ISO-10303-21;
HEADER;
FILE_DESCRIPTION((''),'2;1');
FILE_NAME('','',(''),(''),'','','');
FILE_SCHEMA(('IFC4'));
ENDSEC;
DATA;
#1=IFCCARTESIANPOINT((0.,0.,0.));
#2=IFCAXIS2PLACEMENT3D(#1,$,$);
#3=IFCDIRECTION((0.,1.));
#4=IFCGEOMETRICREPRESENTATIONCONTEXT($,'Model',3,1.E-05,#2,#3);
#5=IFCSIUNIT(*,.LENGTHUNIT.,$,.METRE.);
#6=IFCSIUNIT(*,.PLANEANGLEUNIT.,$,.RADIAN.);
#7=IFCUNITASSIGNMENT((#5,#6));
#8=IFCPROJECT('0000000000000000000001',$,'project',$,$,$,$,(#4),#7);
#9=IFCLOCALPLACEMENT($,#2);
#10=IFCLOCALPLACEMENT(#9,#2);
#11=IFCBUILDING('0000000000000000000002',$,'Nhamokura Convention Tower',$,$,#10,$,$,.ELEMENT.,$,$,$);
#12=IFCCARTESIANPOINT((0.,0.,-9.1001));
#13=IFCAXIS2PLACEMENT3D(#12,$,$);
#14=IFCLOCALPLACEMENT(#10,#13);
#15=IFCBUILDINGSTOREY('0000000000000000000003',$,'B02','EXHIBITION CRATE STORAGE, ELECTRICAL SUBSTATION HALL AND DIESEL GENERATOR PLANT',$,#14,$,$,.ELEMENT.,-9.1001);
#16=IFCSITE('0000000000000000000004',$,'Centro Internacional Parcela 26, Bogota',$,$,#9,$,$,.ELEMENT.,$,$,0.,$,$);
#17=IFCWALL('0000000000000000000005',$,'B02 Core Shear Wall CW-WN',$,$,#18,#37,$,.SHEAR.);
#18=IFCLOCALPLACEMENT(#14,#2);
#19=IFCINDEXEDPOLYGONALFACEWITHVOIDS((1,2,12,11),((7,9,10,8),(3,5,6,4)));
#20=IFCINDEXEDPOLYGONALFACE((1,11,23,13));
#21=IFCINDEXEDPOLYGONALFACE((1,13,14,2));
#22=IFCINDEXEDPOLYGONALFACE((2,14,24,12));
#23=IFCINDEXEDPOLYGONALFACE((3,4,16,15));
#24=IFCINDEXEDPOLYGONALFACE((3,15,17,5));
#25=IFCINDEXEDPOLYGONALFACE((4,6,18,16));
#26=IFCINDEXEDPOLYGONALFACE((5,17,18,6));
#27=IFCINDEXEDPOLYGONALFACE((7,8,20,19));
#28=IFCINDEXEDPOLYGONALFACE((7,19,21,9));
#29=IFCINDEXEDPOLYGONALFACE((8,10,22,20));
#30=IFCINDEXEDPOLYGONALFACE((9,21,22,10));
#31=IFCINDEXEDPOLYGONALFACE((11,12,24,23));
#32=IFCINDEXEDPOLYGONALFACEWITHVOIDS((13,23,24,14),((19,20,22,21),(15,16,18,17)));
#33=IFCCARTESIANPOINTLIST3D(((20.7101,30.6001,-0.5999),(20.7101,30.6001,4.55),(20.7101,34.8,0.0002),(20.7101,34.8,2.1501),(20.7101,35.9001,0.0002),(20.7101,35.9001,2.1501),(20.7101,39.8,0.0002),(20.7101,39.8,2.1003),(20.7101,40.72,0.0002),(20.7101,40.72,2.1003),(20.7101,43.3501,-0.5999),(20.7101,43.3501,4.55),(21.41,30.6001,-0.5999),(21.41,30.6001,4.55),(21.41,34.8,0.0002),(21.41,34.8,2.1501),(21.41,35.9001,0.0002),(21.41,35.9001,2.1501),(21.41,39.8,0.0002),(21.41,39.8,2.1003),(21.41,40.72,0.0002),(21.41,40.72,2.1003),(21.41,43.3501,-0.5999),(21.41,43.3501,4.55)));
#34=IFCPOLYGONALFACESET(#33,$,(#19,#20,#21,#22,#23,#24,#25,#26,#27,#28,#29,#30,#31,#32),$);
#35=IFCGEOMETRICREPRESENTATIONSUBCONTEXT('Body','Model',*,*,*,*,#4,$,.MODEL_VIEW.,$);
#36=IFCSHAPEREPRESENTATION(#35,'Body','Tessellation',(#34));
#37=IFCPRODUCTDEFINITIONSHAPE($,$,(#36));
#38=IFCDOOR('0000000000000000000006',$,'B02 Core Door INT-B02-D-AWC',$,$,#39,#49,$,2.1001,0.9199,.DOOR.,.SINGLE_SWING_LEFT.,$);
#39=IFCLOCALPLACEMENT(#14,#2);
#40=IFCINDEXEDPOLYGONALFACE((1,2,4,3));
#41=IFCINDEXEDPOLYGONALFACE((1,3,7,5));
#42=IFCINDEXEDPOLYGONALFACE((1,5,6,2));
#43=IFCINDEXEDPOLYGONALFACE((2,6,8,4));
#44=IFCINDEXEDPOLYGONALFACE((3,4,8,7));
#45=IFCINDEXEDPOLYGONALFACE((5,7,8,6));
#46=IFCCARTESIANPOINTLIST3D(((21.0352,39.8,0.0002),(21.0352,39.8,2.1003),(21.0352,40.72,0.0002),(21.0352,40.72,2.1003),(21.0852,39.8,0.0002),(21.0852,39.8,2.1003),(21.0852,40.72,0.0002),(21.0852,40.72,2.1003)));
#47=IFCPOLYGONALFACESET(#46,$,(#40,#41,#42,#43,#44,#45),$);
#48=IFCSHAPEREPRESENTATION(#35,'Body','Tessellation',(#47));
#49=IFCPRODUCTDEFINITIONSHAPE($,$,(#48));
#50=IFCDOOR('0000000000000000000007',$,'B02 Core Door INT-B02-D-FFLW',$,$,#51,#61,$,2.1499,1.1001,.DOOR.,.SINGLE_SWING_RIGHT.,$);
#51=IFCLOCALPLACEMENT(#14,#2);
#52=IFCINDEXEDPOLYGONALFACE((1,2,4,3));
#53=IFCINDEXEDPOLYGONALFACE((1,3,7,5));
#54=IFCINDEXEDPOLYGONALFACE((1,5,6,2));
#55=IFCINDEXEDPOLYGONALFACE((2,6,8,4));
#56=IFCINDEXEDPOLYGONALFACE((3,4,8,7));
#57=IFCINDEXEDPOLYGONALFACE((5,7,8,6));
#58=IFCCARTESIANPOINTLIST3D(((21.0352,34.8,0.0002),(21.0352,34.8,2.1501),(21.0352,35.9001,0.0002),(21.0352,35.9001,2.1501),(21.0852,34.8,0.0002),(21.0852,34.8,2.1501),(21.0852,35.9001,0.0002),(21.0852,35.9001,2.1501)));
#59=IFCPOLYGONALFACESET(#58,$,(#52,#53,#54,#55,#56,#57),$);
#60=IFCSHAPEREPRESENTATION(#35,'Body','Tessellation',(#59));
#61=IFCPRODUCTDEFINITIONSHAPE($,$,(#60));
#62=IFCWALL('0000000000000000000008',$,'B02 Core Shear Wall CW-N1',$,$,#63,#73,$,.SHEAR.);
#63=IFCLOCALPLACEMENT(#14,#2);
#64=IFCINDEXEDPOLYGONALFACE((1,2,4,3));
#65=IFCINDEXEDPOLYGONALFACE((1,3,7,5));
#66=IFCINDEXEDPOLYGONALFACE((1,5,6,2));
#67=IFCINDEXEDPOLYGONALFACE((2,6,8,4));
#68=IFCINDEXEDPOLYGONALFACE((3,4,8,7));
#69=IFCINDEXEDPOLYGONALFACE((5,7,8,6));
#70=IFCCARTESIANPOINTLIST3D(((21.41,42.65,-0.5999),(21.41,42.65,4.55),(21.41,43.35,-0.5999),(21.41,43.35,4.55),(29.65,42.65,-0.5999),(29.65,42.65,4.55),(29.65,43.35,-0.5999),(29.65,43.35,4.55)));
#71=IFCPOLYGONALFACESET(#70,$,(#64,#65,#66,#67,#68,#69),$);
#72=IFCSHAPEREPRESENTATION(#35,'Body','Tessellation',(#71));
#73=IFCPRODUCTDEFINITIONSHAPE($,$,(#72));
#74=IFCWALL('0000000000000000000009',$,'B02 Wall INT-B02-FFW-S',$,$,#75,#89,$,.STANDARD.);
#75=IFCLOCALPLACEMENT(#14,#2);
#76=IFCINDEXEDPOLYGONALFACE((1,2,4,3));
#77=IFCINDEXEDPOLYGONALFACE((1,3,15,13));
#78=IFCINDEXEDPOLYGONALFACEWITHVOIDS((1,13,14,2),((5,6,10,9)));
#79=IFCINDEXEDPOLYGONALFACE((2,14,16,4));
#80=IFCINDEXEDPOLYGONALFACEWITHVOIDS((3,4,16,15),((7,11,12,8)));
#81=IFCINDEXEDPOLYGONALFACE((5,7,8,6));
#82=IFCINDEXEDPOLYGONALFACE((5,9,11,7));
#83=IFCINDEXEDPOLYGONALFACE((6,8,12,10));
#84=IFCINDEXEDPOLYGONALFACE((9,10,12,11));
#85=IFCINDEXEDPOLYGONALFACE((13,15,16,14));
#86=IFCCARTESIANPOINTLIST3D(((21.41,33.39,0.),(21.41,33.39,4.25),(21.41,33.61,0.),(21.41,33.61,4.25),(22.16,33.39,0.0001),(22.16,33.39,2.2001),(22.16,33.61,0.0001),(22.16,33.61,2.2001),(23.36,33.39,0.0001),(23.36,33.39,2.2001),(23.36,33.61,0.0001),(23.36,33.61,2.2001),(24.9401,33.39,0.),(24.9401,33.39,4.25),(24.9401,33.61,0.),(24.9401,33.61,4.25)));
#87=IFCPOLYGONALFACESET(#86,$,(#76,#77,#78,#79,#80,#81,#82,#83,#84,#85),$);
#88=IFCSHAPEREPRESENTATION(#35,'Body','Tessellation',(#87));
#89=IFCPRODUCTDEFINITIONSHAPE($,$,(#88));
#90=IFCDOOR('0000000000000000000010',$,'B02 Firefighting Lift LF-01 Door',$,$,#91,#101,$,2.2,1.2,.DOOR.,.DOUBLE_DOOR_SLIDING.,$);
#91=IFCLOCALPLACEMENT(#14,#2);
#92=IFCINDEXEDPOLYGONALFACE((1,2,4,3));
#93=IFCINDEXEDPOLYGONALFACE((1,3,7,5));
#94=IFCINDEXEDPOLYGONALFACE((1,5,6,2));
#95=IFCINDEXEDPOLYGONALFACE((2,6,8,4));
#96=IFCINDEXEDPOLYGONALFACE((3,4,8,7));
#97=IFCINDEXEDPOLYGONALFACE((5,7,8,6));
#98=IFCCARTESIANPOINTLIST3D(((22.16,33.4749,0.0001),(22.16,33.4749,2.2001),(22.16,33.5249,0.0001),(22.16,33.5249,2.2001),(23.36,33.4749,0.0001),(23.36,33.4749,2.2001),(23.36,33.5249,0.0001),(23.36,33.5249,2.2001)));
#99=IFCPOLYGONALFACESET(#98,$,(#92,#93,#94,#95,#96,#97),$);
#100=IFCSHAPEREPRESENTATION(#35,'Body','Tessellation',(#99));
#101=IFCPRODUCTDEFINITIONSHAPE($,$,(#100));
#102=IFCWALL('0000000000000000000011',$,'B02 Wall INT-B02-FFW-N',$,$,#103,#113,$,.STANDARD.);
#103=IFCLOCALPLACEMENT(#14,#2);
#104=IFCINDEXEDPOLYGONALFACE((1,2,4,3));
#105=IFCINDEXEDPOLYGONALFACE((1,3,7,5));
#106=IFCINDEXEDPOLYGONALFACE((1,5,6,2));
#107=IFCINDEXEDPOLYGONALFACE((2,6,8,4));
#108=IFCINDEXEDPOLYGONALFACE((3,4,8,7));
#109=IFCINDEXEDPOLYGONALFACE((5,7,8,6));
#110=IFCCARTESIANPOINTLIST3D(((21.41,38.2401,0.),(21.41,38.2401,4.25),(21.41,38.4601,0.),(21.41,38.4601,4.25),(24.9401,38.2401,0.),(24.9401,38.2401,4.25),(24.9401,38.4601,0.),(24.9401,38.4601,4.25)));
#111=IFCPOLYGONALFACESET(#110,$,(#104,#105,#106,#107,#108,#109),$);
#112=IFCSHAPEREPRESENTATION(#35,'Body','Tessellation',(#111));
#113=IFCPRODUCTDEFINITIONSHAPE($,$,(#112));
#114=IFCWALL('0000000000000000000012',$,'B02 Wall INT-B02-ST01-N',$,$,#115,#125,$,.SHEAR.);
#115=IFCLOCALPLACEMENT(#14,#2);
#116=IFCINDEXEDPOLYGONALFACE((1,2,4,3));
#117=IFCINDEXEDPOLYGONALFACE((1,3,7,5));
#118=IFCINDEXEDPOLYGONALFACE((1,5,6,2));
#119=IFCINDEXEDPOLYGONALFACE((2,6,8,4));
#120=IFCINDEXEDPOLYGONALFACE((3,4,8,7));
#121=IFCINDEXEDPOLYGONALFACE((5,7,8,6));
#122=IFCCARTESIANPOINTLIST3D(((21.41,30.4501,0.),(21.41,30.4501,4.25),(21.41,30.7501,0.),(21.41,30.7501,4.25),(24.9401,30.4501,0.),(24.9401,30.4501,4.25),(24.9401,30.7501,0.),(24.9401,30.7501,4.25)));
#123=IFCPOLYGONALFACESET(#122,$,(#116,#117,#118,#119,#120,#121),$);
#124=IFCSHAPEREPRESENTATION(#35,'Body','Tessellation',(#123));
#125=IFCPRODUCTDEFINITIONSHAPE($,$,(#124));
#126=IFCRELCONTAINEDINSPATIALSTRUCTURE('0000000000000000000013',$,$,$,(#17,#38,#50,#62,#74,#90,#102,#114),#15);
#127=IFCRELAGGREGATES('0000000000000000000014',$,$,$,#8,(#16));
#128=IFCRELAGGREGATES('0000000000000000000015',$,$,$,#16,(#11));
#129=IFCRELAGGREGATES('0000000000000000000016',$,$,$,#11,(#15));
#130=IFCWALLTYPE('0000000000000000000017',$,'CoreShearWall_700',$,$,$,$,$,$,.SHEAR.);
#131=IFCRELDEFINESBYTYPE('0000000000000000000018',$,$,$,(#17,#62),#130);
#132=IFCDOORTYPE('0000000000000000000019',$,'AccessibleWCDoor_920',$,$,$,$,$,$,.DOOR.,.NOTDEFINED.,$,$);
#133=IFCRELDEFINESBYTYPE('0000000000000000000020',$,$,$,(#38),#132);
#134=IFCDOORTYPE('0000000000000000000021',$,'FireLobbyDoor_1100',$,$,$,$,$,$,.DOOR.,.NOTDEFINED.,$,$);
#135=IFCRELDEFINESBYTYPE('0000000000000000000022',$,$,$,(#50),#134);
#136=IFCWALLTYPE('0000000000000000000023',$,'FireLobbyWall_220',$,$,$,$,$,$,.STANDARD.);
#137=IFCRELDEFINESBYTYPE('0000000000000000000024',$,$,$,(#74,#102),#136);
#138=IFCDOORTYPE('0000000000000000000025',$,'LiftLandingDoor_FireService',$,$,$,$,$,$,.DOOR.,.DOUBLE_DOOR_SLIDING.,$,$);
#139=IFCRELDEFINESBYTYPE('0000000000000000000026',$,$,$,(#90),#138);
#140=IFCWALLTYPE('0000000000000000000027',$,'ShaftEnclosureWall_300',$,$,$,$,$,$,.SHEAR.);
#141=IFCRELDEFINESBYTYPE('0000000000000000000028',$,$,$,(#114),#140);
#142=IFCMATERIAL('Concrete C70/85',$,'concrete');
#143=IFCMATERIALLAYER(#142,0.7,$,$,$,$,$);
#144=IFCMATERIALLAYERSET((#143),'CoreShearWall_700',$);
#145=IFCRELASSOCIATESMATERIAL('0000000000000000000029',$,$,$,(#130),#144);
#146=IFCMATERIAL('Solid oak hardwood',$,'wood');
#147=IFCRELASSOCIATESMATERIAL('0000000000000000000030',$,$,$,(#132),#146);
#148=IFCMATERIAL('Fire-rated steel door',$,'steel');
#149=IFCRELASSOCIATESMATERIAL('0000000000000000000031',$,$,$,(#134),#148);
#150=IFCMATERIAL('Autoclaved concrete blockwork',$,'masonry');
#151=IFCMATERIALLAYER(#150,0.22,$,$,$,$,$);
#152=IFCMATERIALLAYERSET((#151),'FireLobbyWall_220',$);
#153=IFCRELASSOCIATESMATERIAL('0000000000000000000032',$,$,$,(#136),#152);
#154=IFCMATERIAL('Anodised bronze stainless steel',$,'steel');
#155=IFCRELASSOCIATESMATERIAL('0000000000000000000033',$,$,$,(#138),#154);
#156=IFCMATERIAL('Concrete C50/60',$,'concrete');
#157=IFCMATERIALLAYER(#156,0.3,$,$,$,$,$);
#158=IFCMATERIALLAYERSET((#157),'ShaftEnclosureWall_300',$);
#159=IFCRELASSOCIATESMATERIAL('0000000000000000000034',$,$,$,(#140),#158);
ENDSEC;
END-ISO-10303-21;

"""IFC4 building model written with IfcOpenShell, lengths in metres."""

from ifc_helpers import new_model, si_unit, direction, frame, frame_2d, origin, place, context, subcontext, project, spatial, rectangle, extrude, material, layer, layer_set, type_object, element, fill, save


model = new_model("IFC4")

# Units and contexts
model_context = context("Model", 3, precision=1e-05, world=origin(), true_north=direction((0.0, 1.0)))
body_context = subcontext(model_context, "Body", "Model", "MODEL_VIEW")
ifc_project = project(units=[si_unit("LENGTHUNIT", "METRE"), si_unit("PLANEANGLEUNIT", "RADIAN")], contexts=[model_context])

# Site, building, storey
site_placement = place(None, origin())
site = spatial("IfcSite", under=ifc_project, at=site_placement, Name="Centro Internacional Parcela 26, Bogota", CompositionType="ELEMENT", RefElevation=0.0)
building_placement = place(site_placement, origin())
building = spatial("IfcBuilding", under=site, at=building_placement, Name="Nhamokura Convention Tower", CompositionType="ELEMENT")
storey_placement = place(building_placement, frame((0.0, 0.0, -9.1001)))
storey = spatial("IfcBuildingStorey", under=building, at=storey_placement, Name="B02", Description="EXHIBITION CRATE STORAGE, ELECTRICAL SUBSTATION HALL AND DIESEL GENERATOR PLANT", CompositionType="ELEMENT", Elevation=-9.1001)

# Wall, openings, doors
ifc_material_1 = material(Name="Concrete C70/85", Category="concrete")
ifc_layer_1 = layer(ifc_material_1, 0.7)
ifc_layer_set_1 = layer_set([ifc_layer_1], Name="CoreShearWall_700")
wall_type_1 = type_object("IfcWallType", Name="CoreShearWall_700", PredefinedType="SHEAR", material=ifc_layer_set_1)
wall_1_placement = place(storey_placement, frame((21.0601, 30.6001, -0.5999), z_axis=(0.0, 0.0, 1.0), x_axis=(0.0, 1.0, 0.0)))
wall_1 = element("IfcWall", 1, at=wall_1_placement, inside=storey, type_object=wall_type_1, Name="B02 Core Shear Wall CW-WN", PredefinedType="SHEAR", context=body_context, shape_type="SweptSolid", body=[
    extrude(rectangle(XDim=12.75, YDim=0.7, at=frame_2d((6.375, 0.0))), origin(), (0.0, 0.0, 1.0), 5.1499),
])
opening_1_placement = place(wall_1_placement, frame((4.2, 0.0, 0.6001)))
opening_1 = element("IfcOpeningElement", 2, at=opening_1_placement, cuts=wall_1, PredefinedType="OPENING", context=body_context, shape_type="SweptSolid", body=[
    extrude(rectangle(XDim=1.1001, YDim=2.1499, at=frame_2d((0.55, 1.075))), frame((0.0, 0.3599, 0.0), z_axis=(0.0, -1.0, 0.0), x_axis=(1.0, 0.0, 0.0)), (0.0, 0.0, 1.0), 0.72),
])
opening_2_placement = place(wall_1_placement, frame((9.2, 0.0, 0.6001)))
opening_2 = element("IfcOpeningElement", 3, at=opening_2_placement, cuts=wall_1, PredefinedType="OPENING", context=body_context, shape_type="SweptSolid", body=[
    extrude(rectangle(XDim=0.9199, YDim=2.1001, at=frame_2d((0.46, 1.05))), frame((0.0, 0.3599, 0.0), z_axis=(0.0, -1.0, 0.0), x_axis=(1.0, 0.0, 0.0)), (0.0, 0.0, 1.0), 0.72),
])
ifc_material_2 = material(Name="Solid oak hardwood", Category="wood")
door_type_1 = type_object("IfcDoorType", Name="AccessibleWCDoor_920", OperationType="NOTDEFINED", PredefinedType="DOOR", material=ifc_material_2)
door_1_placement = place(opening_2_placement, origin())
door_1 = element("IfcDoor", 4, at=door_1_placement, inside=storey, type_object=door_type_1, Name="B02 Core Door INT-B02-D-AWC", OperationType="SINGLE_SWING_LEFT", OverallHeight=2.1001, OverallWidth=0.9199, PredefinedType="DOOR", context=body_context, shape_type="SweptSolid", body=[
    extrude(rectangle(XDim=0.9199, YDim=2.1001, at=frame_2d((0.46, 1.05))), frame((0.0, 0.0249, 0.0), z_axis=(0.0, -1.0, 0.0), x_axis=(1.0, 0.0, 0.0)), (0.0, 0.0, 1.0), 0.05),
])
fill(opening_2, door_1)
ifc_material_3 = material(Name="Fire-rated steel door", Category="steel")
door_type_2 = type_object("IfcDoorType", Name="FireLobbyDoor_1100", OperationType="NOTDEFINED", PredefinedType="DOOR", material=ifc_material_3)
door_2_placement = place(opening_1_placement, origin())
door_2 = element("IfcDoor", 5, at=door_2_placement, inside=storey, type_object=door_type_2, Name="B02 Core Door INT-B02-D-FFLW", OperationType="SINGLE_SWING_RIGHT", OverallHeight=2.1499, OverallWidth=1.1001, PredefinedType="DOOR", context=body_context, shape_type="SweptSolid", body=[
    extrude(rectangle(XDim=1.1001, YDim=2.1499, at=frame_2d((0.55, 1.075))), frame((0.0, 0.0249, 0.0), z_axis=(0.0, -1.0, 0.0), x_axis=(1.0, 0.0, 0.0)), (0.0, 0.0, 1.0), 0.05),
])
fill(opening_1, door_2)

# Wall
wall_2_placement = place(storey_placement, frame((21.4099, 43.0, -0.5999), z_axis=(0.0, 0.0, 1.0), x_axis=(1.0, 0.0, 0.0)))
element("IfcWall", 6, at=wall_2_placement, inside=storey, type_object=wall_type_1, Name="B02 Core Shear Wall CW-N1", PredefinedType="SHEAR", context=body_context, shape_type="SweptSolid", body=[
    extrude(rectangle(XDim=8.24, YDim=0.7, at=frame_2d((4.1201, 0.0))), origin(), (0.0, 0.0, 1.0), 5.1499),
])

# Wall, opening, door
ifc_material_4 = material(Name="Autoclaved concrete blockwork", Category="masonry")
ifc_layer_2 = layer(ifc_material_4, 0.22)
ifc_layer_set_2 = layer_set([ifc_layer_2], Name="FireLobbyWall_220")
wall_type_2 = type_object("IfcWallType", Name="FireLobbyWall_220", PredefinedType="STANDARD", material=ifc_layer_set_2)
wall_3_placement = place(storey_placement, frame((21.4099, 33.5, 0.0), z_axis=(0.0, 0.0, 1.0), x_axis=(1.0, 0.0, 0.0)))
wall_3 = element("IfcWall", 7, at=wall_3_placement, inside=storey, type_object=wall_type_2, Name="B02 Wall INT-B02-FFW-S", PredefinedType="STANDARD", context=body_context, shape_type="SweptSolid", body=[
    extrude(rectangle(XDim=3.53, YDim=0.22, at=frame_2d((1.7651, 0.0))), origin(), (0.0, 0.0, 1.0), 4.25),
])
opening_3_placement = place(wall_3_placement, frame((0.75, 0.0, 0.0)))
opening_3 = element("IfcOpeningElement", 8, at=opening_3_placement, cuts=wall_3, PredefinedType="OPENING", context=body_context, shape_type="SweptSolid", body=[
    extrude(rectangle(XDim=1.2, YDim=2.2, at=frame_2d((0.6001, 1.1001))), frame((0.0, 0.1199, 0.0), z_axis=(0.0, -1.0, 0.0), x_axis=(1.0, 0.0, 0.0)), (0.0, 0.0, 1.0), 0.24),
])
ifc_material_5 = material(Name="Anodised bronze stainless steel", Category="steel")
door_type_3 = type_object("IfcDoorType", Name="LiftLandingDoor_FireService", OperationType="DOUBLE_DOOR_SLIDING", PredefinedType="DOOR", material=ifc_material_5)
door_3_placement = place(opening_3_placement, origin())
door_3 = element("IfcDoor", 9, at=door_3_placement, inside=storey, type_object=door_type_3, Name="B02 Firefighting Lift LF-01 Door", OperationType="DOUBLE_DOOR_SLIDING", OverallHeight=2.2, OverallWidth=1.2, PredefinedType="DOOR", context=body_context, shape_type="SweptSolid", body=[
    extrude(rectangle(XDim=1.2, YDim=2.2, at=frame_2d((0.6001, 1.1001))), frame((0.0, 0.0249, 0.0), z_axis=(0.0, -1.0, 0.0), x_axis=(1.0, 0.0, 0.0)), (0.0, 0.0, 1.0), 0.05),
])
fill(opening_3, door_3)

# Walls
wall_4_placement = place(storey_placement, frame((21.4099, 38.3501, 0.0), z_axis=(0.0, 0.0, 1.0), x_axis=(1.0, 0.0, 0.0)))
element("IfcWall", 10, at=wall_4_placement, inside=storey, type_object=wall_type_2, Name="B02 Wall INT-B02-FFW-N", PredefinedType="STANDARD", context=body_context, shape_type="SweptSolid", body=[
    extrude(rectangle(XDim=3.53, YDim=0.22, at=frame_2d((1.7651, 0.0))), origin(), (0.0, 0.0, 1.0), 4.25),
])
ifc_material_6 = material(Name="Concrete C50/60", Category="concrete")
ifc_layer_3 = layer(ifc_material_6, 0.3)
ifc_layer_set_3 = layer_set([ifc_layer_3], Name="ShaftEnclosureWall_300")
wall_type_3 = type_object("IfcWallType", Name="ShaftEnclosureWall_300", PredefinedType="SHEAR", material=ifc_layer_set_3)
wall_5_placement = place(storey_placement, frame((21.4099, 30.6001, 0.0), z_axis=(0.0, 0.0, 1.0), x_axis=(1.0, 0.0, 0.0)))
element("IfcWall", 11, at=wall_5_placement, inside=storey, type_object=wall_type_3, Name="B02 Wall INT-B02-ST01-N", PredefinedType="SHEAR", context=body_context, shape_type="SweptSolid", body=[
    extrude(rectangle(XDim=3.53, YDim=0.3, at=frame_2d((1.7651, 0.0))), origin(), (0.0, 0.0, 1.0), 4.25),
])

save(model, "model.ifc")
